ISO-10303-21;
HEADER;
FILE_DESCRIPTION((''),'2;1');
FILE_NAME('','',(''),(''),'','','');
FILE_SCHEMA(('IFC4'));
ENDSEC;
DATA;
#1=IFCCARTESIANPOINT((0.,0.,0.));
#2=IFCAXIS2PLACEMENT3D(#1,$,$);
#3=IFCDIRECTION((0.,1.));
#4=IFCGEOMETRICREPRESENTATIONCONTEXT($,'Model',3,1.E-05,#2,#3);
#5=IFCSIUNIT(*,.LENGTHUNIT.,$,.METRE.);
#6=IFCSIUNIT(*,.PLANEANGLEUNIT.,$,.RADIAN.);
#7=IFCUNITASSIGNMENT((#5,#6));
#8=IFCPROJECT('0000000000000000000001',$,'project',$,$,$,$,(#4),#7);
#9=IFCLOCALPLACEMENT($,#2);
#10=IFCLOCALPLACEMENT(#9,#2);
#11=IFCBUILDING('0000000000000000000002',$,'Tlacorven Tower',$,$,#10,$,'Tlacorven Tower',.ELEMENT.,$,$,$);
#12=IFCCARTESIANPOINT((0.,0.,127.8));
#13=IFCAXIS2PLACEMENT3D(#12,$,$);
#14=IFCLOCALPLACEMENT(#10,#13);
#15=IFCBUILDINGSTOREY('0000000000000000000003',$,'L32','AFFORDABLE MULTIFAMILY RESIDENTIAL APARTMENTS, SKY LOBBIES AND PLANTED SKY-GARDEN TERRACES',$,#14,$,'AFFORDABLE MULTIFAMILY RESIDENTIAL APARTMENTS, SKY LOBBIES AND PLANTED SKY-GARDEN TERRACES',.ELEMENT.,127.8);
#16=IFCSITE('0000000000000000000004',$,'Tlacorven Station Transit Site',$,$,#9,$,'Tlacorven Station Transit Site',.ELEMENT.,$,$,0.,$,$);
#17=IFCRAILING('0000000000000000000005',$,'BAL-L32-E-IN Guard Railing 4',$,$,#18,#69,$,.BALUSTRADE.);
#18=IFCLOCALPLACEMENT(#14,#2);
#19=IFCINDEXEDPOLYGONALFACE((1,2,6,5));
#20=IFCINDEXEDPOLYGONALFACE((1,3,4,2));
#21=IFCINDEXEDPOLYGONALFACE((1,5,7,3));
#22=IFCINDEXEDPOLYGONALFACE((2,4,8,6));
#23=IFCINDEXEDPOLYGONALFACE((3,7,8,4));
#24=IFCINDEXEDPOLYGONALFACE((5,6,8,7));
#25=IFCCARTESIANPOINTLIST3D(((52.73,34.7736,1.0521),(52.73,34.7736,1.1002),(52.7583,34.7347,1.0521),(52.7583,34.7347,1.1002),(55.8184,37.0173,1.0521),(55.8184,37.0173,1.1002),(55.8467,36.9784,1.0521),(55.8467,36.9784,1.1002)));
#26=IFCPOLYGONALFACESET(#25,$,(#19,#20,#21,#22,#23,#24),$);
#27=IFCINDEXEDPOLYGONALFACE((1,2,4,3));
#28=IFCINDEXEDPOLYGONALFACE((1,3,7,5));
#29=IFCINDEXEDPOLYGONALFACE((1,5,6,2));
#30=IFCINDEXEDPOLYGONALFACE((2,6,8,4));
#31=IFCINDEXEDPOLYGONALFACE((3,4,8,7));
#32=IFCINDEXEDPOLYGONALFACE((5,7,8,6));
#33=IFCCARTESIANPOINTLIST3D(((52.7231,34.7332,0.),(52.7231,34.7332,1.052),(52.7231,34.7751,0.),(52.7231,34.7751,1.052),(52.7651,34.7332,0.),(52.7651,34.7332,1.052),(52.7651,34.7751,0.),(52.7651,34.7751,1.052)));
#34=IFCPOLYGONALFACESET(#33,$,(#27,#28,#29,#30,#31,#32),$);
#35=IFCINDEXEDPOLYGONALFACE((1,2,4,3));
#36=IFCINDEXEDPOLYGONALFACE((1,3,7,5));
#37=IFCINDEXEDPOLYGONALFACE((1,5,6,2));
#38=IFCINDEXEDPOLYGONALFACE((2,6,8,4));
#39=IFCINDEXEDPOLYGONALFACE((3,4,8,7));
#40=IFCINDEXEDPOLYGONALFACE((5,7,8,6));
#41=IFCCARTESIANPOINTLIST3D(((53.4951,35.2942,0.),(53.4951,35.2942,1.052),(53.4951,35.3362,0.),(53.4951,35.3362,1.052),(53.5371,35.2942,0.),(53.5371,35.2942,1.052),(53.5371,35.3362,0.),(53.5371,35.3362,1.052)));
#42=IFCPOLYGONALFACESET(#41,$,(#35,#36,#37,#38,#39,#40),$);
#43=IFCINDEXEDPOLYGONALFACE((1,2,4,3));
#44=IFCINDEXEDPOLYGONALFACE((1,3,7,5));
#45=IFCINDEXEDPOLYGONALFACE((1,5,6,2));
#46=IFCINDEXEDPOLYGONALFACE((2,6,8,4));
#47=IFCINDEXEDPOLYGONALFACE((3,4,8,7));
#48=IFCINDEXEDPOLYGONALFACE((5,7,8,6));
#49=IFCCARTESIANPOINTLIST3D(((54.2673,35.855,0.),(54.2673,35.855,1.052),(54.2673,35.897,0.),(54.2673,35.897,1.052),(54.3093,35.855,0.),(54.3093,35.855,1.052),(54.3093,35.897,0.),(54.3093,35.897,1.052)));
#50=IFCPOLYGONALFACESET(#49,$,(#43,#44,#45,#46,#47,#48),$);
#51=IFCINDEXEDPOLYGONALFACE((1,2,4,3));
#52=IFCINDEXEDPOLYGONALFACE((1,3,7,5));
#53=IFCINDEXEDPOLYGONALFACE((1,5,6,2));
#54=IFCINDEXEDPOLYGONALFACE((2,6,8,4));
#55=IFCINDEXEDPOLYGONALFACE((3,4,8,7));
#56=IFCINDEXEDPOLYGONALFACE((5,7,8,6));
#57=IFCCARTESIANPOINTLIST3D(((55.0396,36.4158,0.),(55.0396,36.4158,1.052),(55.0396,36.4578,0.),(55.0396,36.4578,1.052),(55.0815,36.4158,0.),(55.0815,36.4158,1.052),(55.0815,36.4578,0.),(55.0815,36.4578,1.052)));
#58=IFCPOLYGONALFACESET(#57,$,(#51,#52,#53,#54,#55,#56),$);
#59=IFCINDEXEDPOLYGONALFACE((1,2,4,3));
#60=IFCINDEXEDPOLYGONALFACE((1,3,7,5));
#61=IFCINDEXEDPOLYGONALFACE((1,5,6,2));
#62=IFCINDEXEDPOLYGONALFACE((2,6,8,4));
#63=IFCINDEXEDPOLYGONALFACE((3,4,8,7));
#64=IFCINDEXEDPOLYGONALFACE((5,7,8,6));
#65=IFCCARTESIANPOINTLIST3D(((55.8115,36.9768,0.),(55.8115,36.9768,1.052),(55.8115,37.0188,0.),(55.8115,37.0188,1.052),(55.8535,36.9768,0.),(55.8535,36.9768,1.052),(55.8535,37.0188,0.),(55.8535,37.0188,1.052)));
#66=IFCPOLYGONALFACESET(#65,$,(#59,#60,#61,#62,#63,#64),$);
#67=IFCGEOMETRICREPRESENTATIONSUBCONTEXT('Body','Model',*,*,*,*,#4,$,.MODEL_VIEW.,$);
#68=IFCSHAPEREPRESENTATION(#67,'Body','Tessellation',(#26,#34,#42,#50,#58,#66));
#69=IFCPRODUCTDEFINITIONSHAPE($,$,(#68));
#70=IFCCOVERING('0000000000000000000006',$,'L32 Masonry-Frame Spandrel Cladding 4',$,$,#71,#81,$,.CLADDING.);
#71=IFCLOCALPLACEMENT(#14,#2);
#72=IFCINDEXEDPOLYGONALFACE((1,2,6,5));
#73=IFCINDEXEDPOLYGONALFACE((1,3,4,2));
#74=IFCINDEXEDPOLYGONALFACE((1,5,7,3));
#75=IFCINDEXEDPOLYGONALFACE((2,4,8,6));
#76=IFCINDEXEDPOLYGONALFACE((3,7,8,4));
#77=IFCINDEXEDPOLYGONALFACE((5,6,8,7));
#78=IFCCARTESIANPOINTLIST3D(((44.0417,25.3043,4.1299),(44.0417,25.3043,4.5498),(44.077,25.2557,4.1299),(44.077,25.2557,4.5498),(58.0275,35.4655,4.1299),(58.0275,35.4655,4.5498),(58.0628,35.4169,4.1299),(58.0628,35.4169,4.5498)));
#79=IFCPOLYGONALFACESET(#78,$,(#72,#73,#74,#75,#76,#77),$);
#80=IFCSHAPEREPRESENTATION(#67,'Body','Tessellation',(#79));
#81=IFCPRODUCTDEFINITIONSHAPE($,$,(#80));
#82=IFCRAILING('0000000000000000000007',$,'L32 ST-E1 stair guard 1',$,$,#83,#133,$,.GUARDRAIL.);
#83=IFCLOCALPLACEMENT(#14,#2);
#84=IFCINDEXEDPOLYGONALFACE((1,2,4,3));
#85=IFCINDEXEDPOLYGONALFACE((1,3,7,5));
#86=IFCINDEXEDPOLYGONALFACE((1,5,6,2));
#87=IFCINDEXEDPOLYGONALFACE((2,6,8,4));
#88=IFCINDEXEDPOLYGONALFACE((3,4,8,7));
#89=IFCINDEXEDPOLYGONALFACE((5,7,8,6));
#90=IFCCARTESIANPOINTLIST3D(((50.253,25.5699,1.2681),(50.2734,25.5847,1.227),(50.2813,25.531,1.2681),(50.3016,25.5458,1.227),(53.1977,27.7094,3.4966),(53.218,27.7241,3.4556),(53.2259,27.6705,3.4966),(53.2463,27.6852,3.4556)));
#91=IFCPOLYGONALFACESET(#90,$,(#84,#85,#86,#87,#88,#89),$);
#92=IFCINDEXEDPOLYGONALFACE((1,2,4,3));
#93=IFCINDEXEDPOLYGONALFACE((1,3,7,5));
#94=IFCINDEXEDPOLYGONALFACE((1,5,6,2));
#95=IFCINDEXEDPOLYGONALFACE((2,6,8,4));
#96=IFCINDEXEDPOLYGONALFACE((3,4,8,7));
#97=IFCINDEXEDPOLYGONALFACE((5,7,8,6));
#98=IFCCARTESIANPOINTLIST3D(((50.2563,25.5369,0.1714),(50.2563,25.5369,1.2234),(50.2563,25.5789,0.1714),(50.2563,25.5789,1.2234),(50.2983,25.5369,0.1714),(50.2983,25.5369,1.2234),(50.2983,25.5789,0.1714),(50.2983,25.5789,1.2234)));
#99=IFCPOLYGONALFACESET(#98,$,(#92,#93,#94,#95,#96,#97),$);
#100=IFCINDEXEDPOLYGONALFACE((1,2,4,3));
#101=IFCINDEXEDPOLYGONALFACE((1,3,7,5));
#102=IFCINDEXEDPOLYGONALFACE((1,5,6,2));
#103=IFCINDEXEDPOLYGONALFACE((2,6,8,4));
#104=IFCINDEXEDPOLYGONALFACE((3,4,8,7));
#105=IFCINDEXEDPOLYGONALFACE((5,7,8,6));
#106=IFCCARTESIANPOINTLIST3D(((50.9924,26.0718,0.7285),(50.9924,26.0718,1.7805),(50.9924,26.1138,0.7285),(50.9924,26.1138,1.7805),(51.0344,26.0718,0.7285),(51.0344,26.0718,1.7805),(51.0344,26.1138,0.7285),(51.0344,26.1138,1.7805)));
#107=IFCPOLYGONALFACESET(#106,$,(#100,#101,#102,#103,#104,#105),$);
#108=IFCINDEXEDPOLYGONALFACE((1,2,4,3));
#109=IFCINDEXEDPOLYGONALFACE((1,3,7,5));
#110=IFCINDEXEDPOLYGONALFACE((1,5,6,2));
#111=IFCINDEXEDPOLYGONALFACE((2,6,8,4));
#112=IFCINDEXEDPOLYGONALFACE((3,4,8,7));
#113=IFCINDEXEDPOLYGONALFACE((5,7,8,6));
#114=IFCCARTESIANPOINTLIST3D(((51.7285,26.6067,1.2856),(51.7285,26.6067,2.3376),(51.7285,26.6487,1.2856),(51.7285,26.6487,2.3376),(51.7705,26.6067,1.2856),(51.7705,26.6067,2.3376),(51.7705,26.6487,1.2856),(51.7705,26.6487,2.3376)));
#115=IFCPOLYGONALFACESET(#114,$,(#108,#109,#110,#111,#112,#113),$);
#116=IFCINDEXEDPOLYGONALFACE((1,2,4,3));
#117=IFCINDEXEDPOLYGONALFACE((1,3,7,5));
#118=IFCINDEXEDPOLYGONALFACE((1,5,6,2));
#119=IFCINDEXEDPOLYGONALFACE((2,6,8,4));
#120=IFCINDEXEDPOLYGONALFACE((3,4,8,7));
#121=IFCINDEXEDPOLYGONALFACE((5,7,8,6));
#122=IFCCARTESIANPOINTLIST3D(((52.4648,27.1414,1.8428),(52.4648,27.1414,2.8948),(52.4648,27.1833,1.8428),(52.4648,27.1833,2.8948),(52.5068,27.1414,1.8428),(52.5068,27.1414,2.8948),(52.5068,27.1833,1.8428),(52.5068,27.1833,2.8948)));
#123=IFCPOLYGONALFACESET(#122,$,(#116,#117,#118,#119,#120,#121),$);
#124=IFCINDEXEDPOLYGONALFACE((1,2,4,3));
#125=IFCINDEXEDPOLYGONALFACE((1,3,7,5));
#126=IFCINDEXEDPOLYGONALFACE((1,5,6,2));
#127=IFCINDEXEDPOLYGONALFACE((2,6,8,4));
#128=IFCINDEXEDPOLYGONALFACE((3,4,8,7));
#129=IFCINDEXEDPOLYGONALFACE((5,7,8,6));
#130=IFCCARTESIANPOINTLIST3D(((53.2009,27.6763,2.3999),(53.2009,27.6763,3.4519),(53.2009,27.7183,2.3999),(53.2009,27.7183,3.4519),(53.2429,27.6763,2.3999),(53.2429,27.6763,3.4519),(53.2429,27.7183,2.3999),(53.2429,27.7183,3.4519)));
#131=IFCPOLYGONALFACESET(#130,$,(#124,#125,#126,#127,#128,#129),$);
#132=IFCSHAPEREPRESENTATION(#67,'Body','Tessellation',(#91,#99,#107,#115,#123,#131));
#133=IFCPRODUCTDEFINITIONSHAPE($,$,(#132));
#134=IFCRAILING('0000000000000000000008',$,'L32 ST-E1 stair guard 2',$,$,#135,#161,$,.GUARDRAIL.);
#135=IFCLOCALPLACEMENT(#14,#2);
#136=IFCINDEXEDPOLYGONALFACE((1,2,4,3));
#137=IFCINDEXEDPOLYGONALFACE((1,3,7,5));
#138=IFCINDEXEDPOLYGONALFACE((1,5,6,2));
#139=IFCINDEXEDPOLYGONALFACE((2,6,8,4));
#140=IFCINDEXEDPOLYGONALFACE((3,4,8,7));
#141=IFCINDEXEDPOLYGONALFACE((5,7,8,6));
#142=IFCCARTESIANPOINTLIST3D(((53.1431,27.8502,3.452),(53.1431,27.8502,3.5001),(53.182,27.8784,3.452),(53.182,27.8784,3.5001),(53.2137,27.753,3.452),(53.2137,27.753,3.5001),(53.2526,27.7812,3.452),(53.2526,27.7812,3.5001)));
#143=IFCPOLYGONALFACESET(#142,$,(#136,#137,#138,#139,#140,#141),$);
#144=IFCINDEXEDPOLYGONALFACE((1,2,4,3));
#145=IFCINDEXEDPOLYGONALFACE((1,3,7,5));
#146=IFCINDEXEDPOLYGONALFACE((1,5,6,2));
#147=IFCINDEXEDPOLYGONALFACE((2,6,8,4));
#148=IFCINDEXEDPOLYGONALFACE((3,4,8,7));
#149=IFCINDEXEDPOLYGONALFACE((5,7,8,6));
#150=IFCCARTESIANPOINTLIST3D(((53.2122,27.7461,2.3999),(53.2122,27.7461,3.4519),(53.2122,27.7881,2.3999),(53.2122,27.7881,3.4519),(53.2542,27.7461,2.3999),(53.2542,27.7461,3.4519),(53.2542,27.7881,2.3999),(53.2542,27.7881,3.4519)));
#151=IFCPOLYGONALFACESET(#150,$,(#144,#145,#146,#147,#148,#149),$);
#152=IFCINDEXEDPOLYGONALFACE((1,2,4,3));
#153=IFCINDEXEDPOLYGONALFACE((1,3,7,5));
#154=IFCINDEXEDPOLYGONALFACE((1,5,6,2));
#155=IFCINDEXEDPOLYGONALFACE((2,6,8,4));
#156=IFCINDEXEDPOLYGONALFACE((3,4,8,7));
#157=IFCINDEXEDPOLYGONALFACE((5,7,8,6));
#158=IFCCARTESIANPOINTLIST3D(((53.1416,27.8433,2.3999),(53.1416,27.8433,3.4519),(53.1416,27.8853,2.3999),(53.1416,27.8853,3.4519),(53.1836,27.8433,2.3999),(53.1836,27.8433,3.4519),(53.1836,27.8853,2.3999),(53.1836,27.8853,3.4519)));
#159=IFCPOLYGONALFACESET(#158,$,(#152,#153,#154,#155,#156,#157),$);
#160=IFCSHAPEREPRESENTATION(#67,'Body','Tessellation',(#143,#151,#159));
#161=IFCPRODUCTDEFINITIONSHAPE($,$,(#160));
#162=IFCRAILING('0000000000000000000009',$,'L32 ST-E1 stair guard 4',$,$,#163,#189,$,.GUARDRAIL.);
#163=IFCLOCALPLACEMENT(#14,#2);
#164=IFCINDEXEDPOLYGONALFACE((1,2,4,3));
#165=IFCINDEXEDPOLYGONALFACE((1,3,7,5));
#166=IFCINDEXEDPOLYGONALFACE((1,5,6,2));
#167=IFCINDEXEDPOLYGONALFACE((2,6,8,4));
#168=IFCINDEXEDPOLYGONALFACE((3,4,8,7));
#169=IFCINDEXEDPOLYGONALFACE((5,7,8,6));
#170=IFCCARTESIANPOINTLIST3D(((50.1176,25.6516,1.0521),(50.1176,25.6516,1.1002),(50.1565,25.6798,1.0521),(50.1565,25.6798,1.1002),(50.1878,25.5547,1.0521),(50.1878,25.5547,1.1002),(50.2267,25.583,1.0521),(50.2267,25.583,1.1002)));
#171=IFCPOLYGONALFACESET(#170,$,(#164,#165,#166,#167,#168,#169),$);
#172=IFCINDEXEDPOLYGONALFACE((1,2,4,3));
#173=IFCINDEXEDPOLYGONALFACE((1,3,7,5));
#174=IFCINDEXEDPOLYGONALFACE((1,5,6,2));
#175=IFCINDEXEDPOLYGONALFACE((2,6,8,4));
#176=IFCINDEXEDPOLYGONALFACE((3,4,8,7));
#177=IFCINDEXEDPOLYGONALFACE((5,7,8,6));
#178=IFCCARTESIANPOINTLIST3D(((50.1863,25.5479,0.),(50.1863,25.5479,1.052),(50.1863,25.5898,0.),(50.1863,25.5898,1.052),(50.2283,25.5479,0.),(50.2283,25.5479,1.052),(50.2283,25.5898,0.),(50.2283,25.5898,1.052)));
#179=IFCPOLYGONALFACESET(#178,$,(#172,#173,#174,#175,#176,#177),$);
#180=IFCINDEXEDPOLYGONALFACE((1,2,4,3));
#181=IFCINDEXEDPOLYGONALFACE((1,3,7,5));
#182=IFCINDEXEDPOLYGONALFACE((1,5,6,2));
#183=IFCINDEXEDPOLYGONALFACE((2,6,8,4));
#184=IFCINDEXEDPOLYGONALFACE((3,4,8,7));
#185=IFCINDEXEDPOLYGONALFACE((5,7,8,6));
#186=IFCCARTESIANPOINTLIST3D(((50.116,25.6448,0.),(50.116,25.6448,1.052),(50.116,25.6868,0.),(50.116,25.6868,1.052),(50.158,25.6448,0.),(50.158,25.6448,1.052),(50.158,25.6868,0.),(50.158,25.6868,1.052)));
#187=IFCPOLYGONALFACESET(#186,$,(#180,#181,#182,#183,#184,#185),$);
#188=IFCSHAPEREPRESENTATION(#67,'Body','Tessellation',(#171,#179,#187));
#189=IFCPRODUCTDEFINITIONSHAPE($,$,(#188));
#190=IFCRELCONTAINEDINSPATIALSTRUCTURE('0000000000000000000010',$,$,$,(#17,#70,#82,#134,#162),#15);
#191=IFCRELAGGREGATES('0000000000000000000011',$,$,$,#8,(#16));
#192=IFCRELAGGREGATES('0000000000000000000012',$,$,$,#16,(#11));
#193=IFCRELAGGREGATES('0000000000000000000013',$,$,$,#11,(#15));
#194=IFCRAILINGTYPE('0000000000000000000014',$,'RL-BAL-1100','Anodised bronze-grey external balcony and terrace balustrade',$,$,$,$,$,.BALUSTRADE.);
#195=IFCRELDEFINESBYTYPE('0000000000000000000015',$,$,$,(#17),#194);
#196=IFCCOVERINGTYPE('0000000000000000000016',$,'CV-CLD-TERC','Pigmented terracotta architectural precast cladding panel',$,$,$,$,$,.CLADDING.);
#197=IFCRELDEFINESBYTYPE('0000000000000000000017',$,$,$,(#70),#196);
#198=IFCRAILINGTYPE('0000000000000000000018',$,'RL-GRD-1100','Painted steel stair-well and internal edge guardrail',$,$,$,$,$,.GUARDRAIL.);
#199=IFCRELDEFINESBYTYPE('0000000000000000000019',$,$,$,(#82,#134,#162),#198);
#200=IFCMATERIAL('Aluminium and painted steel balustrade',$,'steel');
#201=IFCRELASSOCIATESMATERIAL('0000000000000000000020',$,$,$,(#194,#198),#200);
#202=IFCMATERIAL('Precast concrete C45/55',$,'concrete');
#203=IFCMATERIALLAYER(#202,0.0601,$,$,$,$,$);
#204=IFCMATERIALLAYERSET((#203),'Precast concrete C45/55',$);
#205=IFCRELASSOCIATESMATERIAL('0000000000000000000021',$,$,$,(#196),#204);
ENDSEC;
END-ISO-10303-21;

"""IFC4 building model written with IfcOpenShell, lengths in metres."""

from ifc_helpers import new_model, si_unit, direction, frame, origin, origin_2d, place, context, subcontext, project, spatial, rectangle, extrude, source, transform, mapped, material, layer, layer_set, type_object, element, save


model = new_model("IFC4")

# Units and contexts
model_context = context("Model", 3, precision=1e-05, world=origin(), true_north=direction((0.0, 1.0)))
body_context = subcontext(model_context, "Body", "Model", "MODEL_VIEW")
ifc_project = project(units=[si_unit("LENGTHUNIT", "METRE"), si_unit("PLANEANGLEUNIT", "RADIAN")], contexts=[model_context])

# Site, building, storey
site_placement = place(None, origin())
site = spatial("IfcSite", under=ifc_project, at=site_placement, Name="Tlacorven Station Transit Site", LongName="Tlacorven Station Transit Site", CompositionType="ELEMENT", RefElevation=0.0)
building_placement = place(site_placement, origin())
building = spatial("IfcBuilding", under=site, at=building_placement, Name="Tlacorven Tower", LongName="Tlacorven Tower", CompositionType="ELEMENT")
storey_placement = place(building_placement, frame((0.0, 0.0, 127.8)))
storey = spatial("IfcBuildingStorey", under=building, at=storey_placement, Name="L32", Description="AFFORDABLE MULTIFAMILY RESIDENTIAL APARTMENTS, SKY LOBBIES AND PLANTED SKY-GARDEN TERRACES", LongName="AFFORDABLE MULTIFAMILY RESIDENTIAL APARTMENTS, SKY LOBBIES AND PLANTED SKY-GARDEN TERRACES", CompositionType="ELEMENT", Elevation=127.8)

# Shared definitions
ifc_material_1 = material(Name="Precast concrete C45/55", Category="concrete")

# Railing
ifc_material_2 = material(Name="Aluminium and painted steel balustrade", Category="steel")
railing_type_1 = type_object("IfcRailingType", Name="RL-BAL-1100", Description="Anodised bronze-grey external balcony and terrace balustrade", PredefinedType="BALUSTRADE", material=ifc_material_2)
shared_shape_1 = source(origin(), body_context, "Body", "SweptSolid", [
    extrude(rectangle(XDim=0.0481, YDim=0.0481, at=origin_2d()), frame((0.0, 0.0, 1.0762), z_axis=(0.80904, 0.587753, 0.0), x_axis=(-0.587753, 0.80904, 0.0)), (0.0, 0.0, 1.0), 3.8174),
    extrude(rectangle(XDim=0.042, YDim=0.042, at=origin_2d()), origin(), (0.0, 0.0, 1.0), 1.052),
    extrude(rectangle(XDim=0.042, YDim=0.042, at=origin_2d()), frame((0.772, 0.561, 0.0)), (0.0, 0.0, 1.0), 1.052),
    extrude(rectangle(XDim=0.042, YDim=0.042, at=origin_2d()), frame((1.5442, 1.1218, 0.0)), (0.0, 0.0, 1.0), 1.052),
    extrude(rectangle(XDim=0.042, YDim=0.042, at=origin_2d()), frame((2.3164, 1.6826, 0.0)), (0.0, 0.0, 1.0), 1.052),
    extrude(rectangle(XDim=0.042, YDim=0.042, at=origin_2d()), frame((3.0884, 2.2437, 0.0)), (0.0, 0.0, 1.0), 1.052),
])
railing_1_placement = place(storey_placement, frame((52.7441, 34.7542, 0.0)))
element("IfcRailing", 1, at=railing_1_placement, inside=storey, type_object=railing_type_1, Name="BAL-L32-E-IN Guard Railing 4", PredefinedType="BALUSTRADE", context=body_context, shape_type="MappedRepresentation", body=[
    mapped(shared_shape_1, transform((0.0, 0.0, 0.0), scale=1.0)),
])

# Covering
ifc_layer_1 = layer(ifc_material_1, 0.0601)
ifc_layer_set_1 = layer_set([ifc_layer_1], Name="Precast concrete C45/55")
covering_type = type_object("IfcCoveringType", Name="CV-CLD-TERC", Description="Pigmented terracotta architectural precast cladding panel", PredefinedType="CLADDING", material=ifc_layer_set_1)
shared_shape_2 = source(origin(), body_context, "Body", "SweptSolid", [
    extrude(rectangle(XDim=17.2874, YDim=0.0601, at=origin_2d()), origin(), (0.0, 0.0, 1.0), 0.4199),
])
covering_placement = place(storey_placement, frame((51.0522, 30.3606, 4.1299), z_axis=(0.0, 0.0, 1.0), x_axis=(0.809017, 0.587785, 0.0)))
element("IfcCovering", 2, at=covering_placement, inside=storey, type_object=covering_type, Name="L32 Masonry-Frame Spandrel Cladding 4", PredefinedType="CLADDING", context=body_context, shape_type="MappedRepresentation", body=[
    mapped(shared_shape_2, transform((0.0, 0.0, 0.0), scale=1.0)),
])

# Railings
railing_type_2 = type_object("IfcRailingType", Name="RL-GRD-1100", Description="Painted steel stair-well and internal edge guardrail", PredefinedType="GUARDRAIL", material=ifc_material_2)
shared_shape_3 = source(origin(), body_context, "Body", "SweptSolid", [
    extrude(rectangle(XDim=0.0481, YDim=0.0481, at=origin_2d()), frame((0.0, 0.0, 1.0762), z_axis=(0.689957, 0.501293, 0.522173), x_axis=(-0.587793, 0.809012, 0.0)), (0.0, 0.0, 1.0), 4.2678),
    extrude(rectangle(XDim=0.042, YDim=0.042, at=origin_2d()), origin(), (0.0, 0.0, 1.0), 1.052),
    extrude(rectangle(XDim=0.042, YDim=0.042, at=origin_2d()), frame((0.7361, 0.5349, 0.5571)), (0.0, 0.0, 1.0), 1.052),
    extrude(rectangle(XDim=0.042, YDim=0.042, at=origin_2d()), frame((1.4722, 1.0698, 1.1143)), (0.0, 0.0, 1.0), 1.052),
    extrude(rectangle(XDim=0.042, YDim=0.042, at=origin_2d()), frame((2.2085, 1.6045, 1.6714)), (0.0, 0.0, 1.0), 1.052),
    extrude(rectangle(XDim=0.042, YDim=0.042, at=origin_2d()), frame((2.9446, 2.1394, 2.2285)), (0.0, 0.0, 1.0), 1.052),
])
railing_2_placement = place(storey_placement, frame((50.2773, 25.5579, 0.1714)))
element("IfcRailing", 3, at=railing_2_placement, inside=storey, type_object=railing_type_2, Name="L32 ST-E1 stair guard 1", PredefinedType="GUARDRAIL", context=body_context, shape_type="MappedRepresentation", body=[
    mapped(shared_shape_3, transform((0.0, 0.0, 0.0), scale=1.0)),
])
shared_shape_4 = source(origin(), body_context, "Body", "SweptSolid", [
    extrude(rectangle(XDim=0.0481, YDim=0.0481, at=origin_2d()), frame((0.0, 0.0, 1.0762), z_axis=(-0.587567, 0.809175, 0.0), x_axis=(-0.809175, -0.587567, 0.0)), (0.0, 0.0, 1.0), 0.1201),
    extrude(rectangle(XDim=0.042, YDim=0.042, at=origin_2d()), origin(), (0.0, 0.0, 1.0), 1.052),
    extrude(rectangle(XDim=0.042, YDim=0.042, at=origin_2d()), frame((-0.0706, 0.0972, 0.0)), (0.0, 0.0, 1.0), 1.052),
])
railing_3_placement = place(storey_placement, frame((53.2332, 27.7671, 2.3999)))
element("IfcRailing", 4, at=railing_3_placement, inside=storey, type_object=railing_type_2, Name="L32 ST-E1 stair guard 2", PredefinedType="GUARDRAIL", context=body_context, shape_type="MappedRepresentation", body=[
    mapped(shared_shape_4, transform((0.0, 0.0, 0.0), scale=1.0)),
])
shared_shape_5 = source(origin(), body_context, "Body", "SweptSolid", [
    extrude(rectangle(XDim=0.0481, YDim=0.0481, at=origin_2d()), frame((0.0, 0.0, 1.0762), z_axis=(-0.587201, 0.809441, 0.0), x_axis=(-0.809441, -0.587201, 0.0)), (0.0, 0.0, 1.0), 0.1196),
    extrude(rectangle(XDim=0.042, YDim=0.042, at=origin_2d()), origin(), (0.0, 0.0, 1.0), 1.052),
    extrude(rectangle(XDim=0.042, YDim=0.042, at=origin_2d()), frame((-0.0703, 0.0969, 0.0)), (0.0, 0.0, 1.0), 1.052),
])
railing_4_placement = place(storey_placement, frame((50.2073, 25.5688, 0.0)))
element("IfcRailing", 5, at=railing_4_placement, inside=storey, type_object=railing_type_2, Name="L32 ST-E1 stair guard 4", PredefinedType="GUARDRAIL", context=body_context, shape_type="MappedRepresentation", body=[
    mapped(shared_shape_5, transform((0.0, 0.0, 0.0), scale=1.0)),
])

save(model, "model.ifc")
